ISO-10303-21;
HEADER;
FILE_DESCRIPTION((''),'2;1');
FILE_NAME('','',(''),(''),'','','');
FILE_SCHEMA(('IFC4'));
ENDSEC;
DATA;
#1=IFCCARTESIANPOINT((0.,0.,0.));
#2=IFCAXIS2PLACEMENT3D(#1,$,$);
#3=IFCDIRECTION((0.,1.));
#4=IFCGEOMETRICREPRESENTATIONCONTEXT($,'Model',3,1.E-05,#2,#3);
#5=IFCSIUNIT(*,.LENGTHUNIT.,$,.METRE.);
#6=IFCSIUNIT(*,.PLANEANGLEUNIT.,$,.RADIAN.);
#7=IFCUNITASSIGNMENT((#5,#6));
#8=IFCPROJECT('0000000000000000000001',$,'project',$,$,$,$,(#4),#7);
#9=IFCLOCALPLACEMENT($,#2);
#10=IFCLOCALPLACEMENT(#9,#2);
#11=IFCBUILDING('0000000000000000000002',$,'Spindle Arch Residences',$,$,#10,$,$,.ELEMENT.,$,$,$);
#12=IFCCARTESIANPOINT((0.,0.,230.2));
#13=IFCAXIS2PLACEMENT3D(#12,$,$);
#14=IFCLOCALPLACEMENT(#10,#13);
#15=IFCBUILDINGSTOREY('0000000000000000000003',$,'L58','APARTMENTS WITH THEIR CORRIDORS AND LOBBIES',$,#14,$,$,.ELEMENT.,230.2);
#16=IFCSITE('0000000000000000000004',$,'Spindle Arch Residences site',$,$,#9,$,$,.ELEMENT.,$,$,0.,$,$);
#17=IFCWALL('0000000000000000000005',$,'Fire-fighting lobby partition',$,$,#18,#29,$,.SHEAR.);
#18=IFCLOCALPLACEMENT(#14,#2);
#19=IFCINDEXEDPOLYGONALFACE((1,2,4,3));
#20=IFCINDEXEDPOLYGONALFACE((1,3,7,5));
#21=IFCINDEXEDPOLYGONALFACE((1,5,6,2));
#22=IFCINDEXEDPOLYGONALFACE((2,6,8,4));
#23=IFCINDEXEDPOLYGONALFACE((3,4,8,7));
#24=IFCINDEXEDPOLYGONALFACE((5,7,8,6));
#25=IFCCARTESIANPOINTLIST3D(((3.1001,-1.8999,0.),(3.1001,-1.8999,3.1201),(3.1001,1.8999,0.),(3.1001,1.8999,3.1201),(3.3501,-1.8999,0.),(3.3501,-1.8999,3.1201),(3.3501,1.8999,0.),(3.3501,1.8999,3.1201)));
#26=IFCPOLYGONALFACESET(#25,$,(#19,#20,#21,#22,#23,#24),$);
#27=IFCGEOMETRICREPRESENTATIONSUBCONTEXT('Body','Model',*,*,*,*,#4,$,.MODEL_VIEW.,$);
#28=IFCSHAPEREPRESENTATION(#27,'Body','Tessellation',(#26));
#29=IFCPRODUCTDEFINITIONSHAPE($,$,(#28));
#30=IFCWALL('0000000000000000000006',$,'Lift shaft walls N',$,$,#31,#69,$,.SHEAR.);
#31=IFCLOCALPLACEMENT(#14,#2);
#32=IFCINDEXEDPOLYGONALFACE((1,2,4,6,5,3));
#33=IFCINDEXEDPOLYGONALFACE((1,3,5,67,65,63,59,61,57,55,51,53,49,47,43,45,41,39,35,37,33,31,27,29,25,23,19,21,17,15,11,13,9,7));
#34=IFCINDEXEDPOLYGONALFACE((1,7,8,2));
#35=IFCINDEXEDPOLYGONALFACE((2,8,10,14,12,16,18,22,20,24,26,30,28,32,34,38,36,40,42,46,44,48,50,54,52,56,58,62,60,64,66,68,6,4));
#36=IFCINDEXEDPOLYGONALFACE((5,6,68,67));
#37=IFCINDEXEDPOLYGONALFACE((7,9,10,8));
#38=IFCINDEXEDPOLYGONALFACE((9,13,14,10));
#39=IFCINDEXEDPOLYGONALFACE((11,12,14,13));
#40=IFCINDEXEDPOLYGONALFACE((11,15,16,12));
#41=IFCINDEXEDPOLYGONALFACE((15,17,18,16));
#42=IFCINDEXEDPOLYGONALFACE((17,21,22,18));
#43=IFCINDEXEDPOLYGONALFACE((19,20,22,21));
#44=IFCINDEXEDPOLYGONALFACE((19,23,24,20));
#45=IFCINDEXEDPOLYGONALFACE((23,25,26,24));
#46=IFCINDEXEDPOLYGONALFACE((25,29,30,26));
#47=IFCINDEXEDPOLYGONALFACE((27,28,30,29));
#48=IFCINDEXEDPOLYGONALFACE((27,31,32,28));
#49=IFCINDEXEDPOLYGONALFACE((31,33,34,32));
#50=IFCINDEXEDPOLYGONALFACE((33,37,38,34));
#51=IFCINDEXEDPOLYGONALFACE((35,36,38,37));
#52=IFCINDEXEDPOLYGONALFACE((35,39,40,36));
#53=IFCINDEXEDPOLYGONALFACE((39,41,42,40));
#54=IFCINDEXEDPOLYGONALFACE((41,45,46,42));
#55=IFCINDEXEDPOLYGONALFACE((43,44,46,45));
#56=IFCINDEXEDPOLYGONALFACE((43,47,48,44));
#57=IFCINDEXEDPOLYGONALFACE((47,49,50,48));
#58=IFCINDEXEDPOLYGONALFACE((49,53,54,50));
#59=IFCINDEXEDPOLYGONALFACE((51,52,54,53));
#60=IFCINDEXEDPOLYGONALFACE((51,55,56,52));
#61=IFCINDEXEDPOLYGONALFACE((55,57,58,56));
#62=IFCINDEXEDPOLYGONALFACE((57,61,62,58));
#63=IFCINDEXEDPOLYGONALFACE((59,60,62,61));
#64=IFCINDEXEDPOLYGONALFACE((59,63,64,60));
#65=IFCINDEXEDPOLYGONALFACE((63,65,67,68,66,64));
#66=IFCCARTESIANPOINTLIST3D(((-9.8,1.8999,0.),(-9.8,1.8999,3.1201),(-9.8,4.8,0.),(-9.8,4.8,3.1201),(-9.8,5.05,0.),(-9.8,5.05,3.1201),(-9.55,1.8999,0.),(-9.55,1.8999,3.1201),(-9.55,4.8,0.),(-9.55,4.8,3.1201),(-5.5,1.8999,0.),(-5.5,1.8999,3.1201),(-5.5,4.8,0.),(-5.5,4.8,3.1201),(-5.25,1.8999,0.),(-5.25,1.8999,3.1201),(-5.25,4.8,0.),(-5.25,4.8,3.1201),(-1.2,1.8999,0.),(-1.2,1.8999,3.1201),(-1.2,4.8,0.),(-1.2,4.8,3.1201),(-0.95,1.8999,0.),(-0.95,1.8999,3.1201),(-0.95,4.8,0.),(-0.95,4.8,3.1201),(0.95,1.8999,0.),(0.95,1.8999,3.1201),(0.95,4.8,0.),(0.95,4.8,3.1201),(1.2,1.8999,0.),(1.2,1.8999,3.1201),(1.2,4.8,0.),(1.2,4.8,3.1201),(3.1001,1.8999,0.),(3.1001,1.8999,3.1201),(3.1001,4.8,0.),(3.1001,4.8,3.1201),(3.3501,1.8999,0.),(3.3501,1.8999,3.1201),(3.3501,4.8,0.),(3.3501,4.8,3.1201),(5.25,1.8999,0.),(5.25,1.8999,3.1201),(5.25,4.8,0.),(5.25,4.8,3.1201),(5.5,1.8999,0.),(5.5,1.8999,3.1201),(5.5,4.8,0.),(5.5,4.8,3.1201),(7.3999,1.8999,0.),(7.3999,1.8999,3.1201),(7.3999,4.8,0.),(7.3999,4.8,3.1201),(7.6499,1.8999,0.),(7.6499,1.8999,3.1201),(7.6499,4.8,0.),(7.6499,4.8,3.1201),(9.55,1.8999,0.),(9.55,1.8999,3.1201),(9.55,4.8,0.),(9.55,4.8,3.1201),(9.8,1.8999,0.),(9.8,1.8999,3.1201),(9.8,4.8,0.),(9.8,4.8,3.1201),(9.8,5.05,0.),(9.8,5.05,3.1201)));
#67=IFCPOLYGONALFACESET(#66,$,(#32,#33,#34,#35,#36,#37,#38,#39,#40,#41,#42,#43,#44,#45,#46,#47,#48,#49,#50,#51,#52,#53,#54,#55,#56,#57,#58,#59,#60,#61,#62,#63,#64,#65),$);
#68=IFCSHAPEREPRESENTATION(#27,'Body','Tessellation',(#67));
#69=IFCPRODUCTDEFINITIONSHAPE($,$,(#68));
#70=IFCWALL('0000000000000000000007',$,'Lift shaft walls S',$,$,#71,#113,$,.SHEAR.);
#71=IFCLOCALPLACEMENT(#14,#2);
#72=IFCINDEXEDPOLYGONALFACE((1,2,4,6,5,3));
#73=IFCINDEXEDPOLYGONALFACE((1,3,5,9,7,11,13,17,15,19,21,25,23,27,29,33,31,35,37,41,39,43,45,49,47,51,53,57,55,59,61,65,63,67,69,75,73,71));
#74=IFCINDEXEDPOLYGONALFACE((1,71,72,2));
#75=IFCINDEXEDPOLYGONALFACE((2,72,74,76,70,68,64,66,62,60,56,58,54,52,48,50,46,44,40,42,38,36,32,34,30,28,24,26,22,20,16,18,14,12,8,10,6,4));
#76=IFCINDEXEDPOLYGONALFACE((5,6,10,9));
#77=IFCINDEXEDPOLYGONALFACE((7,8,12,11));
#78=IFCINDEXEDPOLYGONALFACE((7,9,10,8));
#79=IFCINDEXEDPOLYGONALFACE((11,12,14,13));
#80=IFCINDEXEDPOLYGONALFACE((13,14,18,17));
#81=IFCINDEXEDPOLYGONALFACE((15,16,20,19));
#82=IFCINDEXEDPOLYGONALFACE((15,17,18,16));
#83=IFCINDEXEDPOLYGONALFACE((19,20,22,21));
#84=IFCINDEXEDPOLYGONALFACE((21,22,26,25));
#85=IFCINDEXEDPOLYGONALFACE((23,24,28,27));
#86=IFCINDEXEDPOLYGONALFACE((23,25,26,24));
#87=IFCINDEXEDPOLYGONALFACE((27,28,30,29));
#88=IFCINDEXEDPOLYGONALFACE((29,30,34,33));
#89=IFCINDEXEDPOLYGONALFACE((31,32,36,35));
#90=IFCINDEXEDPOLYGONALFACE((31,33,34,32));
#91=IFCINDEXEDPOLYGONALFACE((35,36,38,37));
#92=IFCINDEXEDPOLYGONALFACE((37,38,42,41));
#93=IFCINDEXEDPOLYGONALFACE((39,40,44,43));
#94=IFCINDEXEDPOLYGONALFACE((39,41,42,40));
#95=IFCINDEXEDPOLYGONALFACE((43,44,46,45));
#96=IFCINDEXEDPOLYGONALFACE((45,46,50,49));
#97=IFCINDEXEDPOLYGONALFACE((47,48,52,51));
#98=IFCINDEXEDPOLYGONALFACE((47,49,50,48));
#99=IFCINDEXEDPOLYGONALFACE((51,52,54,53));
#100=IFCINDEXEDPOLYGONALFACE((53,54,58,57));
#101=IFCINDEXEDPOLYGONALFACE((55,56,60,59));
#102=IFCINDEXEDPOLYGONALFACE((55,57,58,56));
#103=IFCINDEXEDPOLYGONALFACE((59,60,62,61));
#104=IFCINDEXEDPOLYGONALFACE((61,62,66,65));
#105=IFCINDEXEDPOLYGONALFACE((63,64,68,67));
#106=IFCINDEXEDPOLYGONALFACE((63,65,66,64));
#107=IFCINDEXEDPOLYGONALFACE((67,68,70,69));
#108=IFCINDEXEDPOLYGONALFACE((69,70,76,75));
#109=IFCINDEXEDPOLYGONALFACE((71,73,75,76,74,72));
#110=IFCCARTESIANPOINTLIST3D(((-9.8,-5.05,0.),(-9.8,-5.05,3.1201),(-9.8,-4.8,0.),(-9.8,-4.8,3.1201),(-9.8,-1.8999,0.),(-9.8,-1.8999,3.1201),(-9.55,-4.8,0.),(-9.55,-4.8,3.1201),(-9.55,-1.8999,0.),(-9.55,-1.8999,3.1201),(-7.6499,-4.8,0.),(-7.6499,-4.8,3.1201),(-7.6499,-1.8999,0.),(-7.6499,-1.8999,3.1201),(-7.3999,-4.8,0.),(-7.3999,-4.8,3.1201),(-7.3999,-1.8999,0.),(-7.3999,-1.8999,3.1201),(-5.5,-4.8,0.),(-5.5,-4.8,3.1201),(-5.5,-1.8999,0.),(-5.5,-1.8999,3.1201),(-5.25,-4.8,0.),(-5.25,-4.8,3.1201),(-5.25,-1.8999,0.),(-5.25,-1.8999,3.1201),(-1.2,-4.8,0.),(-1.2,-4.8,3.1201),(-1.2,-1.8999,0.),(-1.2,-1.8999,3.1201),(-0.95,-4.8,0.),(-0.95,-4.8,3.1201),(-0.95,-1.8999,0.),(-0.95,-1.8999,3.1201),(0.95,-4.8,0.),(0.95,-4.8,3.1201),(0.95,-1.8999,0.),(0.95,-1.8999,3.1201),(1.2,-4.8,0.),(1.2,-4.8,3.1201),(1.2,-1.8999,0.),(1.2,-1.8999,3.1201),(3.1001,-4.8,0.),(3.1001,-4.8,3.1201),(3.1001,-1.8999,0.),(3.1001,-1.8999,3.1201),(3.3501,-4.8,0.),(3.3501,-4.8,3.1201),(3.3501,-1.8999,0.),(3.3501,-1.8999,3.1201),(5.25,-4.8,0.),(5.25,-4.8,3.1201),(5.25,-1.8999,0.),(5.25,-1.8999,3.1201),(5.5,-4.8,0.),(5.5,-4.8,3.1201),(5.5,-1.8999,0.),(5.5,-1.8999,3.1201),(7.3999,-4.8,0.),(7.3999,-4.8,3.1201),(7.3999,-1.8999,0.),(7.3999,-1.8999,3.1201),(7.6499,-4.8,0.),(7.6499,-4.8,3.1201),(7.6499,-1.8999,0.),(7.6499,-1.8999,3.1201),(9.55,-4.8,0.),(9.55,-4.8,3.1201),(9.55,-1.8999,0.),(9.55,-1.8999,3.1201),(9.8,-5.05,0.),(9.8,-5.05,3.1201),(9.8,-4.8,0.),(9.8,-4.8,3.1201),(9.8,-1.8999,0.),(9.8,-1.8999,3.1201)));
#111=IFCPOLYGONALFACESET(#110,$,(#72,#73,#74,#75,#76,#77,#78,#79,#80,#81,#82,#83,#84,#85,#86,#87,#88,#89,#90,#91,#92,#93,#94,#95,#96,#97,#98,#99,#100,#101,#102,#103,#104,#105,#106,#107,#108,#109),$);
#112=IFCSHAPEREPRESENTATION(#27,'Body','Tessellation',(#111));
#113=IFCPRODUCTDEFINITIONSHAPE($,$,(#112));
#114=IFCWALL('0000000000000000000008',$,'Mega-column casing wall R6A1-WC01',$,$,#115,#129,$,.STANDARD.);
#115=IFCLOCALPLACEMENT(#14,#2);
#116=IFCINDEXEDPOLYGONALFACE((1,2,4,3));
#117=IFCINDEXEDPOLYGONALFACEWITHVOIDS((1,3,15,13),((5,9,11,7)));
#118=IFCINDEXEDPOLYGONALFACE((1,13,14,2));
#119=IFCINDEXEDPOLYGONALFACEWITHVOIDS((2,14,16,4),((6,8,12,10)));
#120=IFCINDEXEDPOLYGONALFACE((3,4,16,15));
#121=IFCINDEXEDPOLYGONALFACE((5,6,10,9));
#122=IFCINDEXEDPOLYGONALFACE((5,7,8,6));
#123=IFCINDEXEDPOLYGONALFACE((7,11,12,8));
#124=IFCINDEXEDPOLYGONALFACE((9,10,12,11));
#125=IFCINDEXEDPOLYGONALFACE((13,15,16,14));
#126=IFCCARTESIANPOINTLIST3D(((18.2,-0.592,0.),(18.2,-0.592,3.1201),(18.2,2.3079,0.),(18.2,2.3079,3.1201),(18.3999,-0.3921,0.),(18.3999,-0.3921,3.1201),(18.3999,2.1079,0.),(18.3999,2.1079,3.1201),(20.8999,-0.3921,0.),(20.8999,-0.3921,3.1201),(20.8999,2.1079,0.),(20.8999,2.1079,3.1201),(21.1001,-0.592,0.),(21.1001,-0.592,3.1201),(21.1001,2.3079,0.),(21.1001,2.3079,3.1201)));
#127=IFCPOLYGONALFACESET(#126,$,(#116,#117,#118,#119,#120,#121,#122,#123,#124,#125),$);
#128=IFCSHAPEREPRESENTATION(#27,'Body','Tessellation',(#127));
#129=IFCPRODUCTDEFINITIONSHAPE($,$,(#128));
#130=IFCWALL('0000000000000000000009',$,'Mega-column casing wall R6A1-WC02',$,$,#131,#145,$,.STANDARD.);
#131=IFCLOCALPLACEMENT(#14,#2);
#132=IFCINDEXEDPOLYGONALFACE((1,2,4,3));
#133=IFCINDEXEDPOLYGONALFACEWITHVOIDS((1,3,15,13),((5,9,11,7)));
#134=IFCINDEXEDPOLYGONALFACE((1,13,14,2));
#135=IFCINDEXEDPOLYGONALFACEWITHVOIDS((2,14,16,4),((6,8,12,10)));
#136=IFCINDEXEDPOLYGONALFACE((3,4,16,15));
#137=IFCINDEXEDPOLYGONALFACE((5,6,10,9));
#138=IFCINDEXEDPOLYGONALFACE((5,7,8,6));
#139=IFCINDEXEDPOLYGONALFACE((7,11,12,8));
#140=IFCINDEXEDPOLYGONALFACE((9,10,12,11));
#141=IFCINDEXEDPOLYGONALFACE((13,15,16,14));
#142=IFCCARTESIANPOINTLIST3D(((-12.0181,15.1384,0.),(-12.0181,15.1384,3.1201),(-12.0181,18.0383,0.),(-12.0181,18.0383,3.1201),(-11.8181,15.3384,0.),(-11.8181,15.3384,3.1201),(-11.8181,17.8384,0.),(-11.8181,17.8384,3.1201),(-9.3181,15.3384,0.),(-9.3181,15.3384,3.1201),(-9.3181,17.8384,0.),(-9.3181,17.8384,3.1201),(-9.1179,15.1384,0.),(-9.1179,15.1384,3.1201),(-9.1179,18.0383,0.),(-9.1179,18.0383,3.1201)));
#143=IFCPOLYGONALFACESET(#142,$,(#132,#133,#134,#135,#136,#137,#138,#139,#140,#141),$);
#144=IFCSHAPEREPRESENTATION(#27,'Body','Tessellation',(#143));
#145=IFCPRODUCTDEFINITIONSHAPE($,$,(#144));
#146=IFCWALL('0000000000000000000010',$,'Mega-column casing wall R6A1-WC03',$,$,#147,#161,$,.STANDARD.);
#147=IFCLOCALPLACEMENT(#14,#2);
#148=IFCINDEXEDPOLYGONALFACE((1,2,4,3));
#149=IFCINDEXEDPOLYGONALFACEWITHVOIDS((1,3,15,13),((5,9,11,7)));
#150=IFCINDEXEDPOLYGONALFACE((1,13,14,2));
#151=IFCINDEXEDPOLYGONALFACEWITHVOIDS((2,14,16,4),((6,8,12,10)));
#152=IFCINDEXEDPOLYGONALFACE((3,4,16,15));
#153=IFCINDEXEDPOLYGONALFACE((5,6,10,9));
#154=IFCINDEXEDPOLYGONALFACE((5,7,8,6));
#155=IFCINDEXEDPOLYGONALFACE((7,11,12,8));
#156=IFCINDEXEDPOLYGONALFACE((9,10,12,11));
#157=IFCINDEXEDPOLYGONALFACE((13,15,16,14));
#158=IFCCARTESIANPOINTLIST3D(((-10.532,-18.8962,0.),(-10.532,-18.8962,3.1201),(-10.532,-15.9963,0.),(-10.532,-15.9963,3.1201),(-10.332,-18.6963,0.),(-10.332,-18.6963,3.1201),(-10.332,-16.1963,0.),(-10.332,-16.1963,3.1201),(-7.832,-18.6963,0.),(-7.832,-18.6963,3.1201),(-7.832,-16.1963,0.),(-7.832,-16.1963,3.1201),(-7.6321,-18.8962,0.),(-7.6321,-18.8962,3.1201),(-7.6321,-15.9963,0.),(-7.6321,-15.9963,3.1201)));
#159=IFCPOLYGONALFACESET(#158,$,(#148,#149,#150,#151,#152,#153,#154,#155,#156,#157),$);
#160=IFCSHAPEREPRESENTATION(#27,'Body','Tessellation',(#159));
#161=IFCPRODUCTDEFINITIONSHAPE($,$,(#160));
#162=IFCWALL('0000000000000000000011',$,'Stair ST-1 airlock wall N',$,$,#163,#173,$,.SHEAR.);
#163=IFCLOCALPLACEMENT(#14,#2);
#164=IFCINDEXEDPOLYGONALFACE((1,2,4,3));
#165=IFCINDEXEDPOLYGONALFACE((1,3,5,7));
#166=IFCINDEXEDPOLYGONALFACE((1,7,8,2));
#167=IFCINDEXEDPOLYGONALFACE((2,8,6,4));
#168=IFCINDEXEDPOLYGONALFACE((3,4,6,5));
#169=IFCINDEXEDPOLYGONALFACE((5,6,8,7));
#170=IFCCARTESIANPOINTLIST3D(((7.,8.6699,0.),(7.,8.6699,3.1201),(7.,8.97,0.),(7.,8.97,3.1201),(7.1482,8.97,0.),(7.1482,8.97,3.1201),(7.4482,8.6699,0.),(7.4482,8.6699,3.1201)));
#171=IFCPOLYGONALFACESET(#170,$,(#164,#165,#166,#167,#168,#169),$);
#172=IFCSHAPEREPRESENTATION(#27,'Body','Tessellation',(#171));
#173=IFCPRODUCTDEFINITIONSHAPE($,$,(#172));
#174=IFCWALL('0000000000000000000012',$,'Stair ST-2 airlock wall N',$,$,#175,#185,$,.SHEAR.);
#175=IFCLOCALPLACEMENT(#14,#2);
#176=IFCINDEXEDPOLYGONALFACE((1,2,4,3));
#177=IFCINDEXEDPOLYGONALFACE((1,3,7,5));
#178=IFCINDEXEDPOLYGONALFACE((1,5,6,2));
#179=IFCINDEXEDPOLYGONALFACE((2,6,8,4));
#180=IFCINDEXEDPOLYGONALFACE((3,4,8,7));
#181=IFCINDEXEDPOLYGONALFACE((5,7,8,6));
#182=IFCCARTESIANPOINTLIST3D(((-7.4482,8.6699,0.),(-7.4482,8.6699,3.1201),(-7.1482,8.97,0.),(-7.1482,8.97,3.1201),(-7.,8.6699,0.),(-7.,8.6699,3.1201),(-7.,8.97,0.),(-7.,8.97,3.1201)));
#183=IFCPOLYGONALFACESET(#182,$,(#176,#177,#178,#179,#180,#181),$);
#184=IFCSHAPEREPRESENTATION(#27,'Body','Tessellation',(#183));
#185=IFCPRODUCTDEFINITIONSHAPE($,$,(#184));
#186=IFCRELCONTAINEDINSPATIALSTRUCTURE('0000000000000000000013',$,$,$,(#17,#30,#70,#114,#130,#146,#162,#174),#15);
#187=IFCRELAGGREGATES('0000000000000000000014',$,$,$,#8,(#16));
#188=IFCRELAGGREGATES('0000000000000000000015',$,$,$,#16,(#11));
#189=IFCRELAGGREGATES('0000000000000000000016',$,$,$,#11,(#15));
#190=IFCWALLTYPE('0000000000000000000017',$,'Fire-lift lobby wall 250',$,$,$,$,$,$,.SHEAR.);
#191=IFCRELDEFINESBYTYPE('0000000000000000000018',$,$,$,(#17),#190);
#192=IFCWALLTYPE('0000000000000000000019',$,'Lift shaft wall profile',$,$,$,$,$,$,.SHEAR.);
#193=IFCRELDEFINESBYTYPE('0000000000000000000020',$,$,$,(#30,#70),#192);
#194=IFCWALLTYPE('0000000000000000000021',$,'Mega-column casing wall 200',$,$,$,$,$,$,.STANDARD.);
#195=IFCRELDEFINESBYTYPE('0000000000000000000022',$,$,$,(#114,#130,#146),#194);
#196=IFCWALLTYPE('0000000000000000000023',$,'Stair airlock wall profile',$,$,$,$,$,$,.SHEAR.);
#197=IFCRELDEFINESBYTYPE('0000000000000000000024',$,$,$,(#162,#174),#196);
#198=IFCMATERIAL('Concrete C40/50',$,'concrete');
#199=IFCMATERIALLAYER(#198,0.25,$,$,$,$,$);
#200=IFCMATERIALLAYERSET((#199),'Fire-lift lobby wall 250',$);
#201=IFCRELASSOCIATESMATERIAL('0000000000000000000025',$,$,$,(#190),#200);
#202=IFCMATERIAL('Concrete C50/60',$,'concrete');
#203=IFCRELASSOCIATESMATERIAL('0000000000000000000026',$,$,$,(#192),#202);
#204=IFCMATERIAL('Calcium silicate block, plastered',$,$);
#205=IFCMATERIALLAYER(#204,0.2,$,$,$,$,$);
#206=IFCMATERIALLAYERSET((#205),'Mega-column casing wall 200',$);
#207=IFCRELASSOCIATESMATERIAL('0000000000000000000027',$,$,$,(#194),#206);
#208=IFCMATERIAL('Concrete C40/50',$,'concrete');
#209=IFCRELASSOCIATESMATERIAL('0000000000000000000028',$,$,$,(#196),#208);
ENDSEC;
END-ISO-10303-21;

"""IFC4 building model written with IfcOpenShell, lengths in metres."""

from ifc_helpers import new_model, si_unit, direction, frame, frame_2d, origin, place, context, subcontext, project, spatial, polyline, rectangle, outline, extrude, material, layer, layer_set, type_object, element, save


model = new_model("IFC4")

# Units and contexts
model_context = context("Model", 3, precision=1e-05, world=origin(), true_north=direction((0.0, 1.0)))
body_context = subcontext(model_context, "Body", "Model", "MODEL_VIEW")
ifc_project = project(units=[si_unit("LENGTHUNIT", "METRE"), si_unit("PLANEANGLEUNIT", "RADIAN")], contexts=[model_context])

# Site, building, storey
site_placement = place(None, origin())
site = spatial("IfcSite", under=ifc_project, at=site_placement, Name="Spindle Arch Residences site", CompositionType="ELEMENT", RefElevation=0.0)
building_placement = place(site_placement, origin())
building = spatial("IfcBuilding", under=site, at=building_placement, Name="Spindle Arch Residences", CompositionType="ELEMENT")
storey_placement = place(building_placement, frame((0.0, 0.0, 230.2)))
storey = spatial("IfcBuildingStorey", under=building, at=storey_placement, Name="L58", Description="APARTMENTS WITH THEIR CORRIDORS AND LOBBIES", CompositionType="ELEMENT", Elevation=230.2)

# Wall
ifc_material_1 = material(Name="Concrete C40/50", Category="concrete")
ifc_layer_1 = layer(ifc_material_1, 0.25)
ifc_layer_set_1 = layer_set([ifc_layer_1], Name="Fire-lift lobby wall 250")
wall_type_1 = type_object("IfcWallType", Name="Fire-lift lobby wall 250", PredefinedType="SHEAR", material=ifc_layer_set_1)
wall_1_placement = place(storey_placement, frame((3.2251, -1.8999, 0.0), z_axis=(0.0, 0.0, 1.0), x_axis=(0.0, 1.0, 0.0)))
element("IfcWall", 1, at=wall_1_placement, inside=storey, type_object=wall_type_1, Name="Fire-fighting lobby partition", PredefinedType="SHEAR", context=body_context, shape_type="SweptSolid", body=[
    extrude(rectangle(XDim=3.7998, YDim=0.25, at=frame_2d((1.8999, 0.0))), origin(), (0.0, 0.0, 1.0), 3.1201),
])

# Walls
ifc_material_2 = material(Name="Concrete C50/60", Category="concrete")
wall_type_2 = type_object("IfcWallType", Name="Lift shaft wall profile", PredefinedType="SHEAR", material=ifc_material_2)
wall_2_placement = place(storey_placement, origin())
element("IfcWall", 2, at=wall_2_placement, inside=storey, type_object=wall_type_2, Name="Lift shaft walls N", PredefinedType="SHEAR", context=body_context, shape_type="SweptSolid", body=[
    extrude(outline(polyline([(-9.55, 4.8), (-5.5, 4.8), (-5.5, 1.8999), (-5.25, 1.8999), (-5.25, 4.8), (-1.2, 4.8), (-1.2, 1.8999), (-0.95, 1.8999), (-0.95, 4.8), (0.95, 4.8), (0.95, 1.8999), (1.2, 1.8999), (1.2, 4.8), (3.1001, 4.8), (3.1001, 1.8999), (3.3501, 1.8999), (3.3501, 4.8), (5.25, 4.8), (5.25, 1.8999), (5.5, 1.8999), (5.5, 4.8), (7.3999, 4.8), (7.3999, 1.8999), (7.6499, 1.8999), (7.6499, 4.8), (9.55, 4.8), (9.55, 1.8999), (9.8, 1.8999), (9.8, 4.8), (9.8, 5.05), (-9.8, 5.05), (-9.8, 4.8), (-9.8, 1.8999), (-9.55, 1.8999), (-9.55, 4.8)])), origin(), (0.0, 0.0, 1.0), 3.1201),
])
wall_3_placement = place(storey_placement, origin())
element("IfcWall", 3, at=wall_3_placement, inside=storey, type_object=wall_type_2, Name="Lift shaft walls S", PredefinedType="SHEAR", context=body_context, shape_type="SweptSolid", body=[
    extrude(outline(polyline([(9.8, -5.05), (9.8, -4.8), (9.8, -1.8999), (9.55, -1.8999), (9.55, -4.8), (7.6499, -4.8), (7.6499, -1.8999), (7.3999, -1.8999), (7.3999, -4.8), (5.5, -4.8), (5.5, -1.8999), (5.25, -1.8999), (5.25, -4.8), (3.3501, -4.8), (3.3501, -1.8999), (3.1001, -1.8999), (3.1001, -4.8), (1.2, -4.8), (1.2, -1.8999), (0.95, -1.8999), (0.95, -4.8), (-0.95, -4.8), (-0.95, -1.8999), (-1.2, -1.8999), (-1.2, -4.8), (-5.25, -4.8), (-5.25, -1.8999), (-5.5, -1.8999), (-5.5, -4.8), (-7.3999, -4.8), (-7.3999, -1.8999), (-7.6499, -1.8999), (-7.6499, -4.8), (-9.55, -4.8), (-9.55, -1.8999), (-9.8, -1.8999), (-9.8, -4.8), (-9.8, -5.05), (9.8, -5.05)])), origin(), (0.0, 0.0, 1.0), 3.1201),
])
ifc_material_3 = material(Name="Calcium silicate block, plastered")
ifc_layer_2 = layer(ifc_material_3, 0.2)
ifc_layer_set_2 = layer_set([ifc_layer_2], Name="Mega-column casing wall 200")
wall_type_3 = type_object("IfcWallType", Name="Mega-column casing wall 200", PredefinedType="STANDARD", material=ifc_layer_set_2)
wall_4_placement = place(storey_placement, origin())
element("IfcWall", 4, at=wall_4_placement, inside=storey, type_object=wall_type_3, Name="Mega-column casing wall R6A1-WC01", PredefinedType="STANDARD", context=body_context, shape_type="SweptSolid", body=[
    extrude(outline(polyline([(21.1001, 2.3079), (21.1001, -0.592), (18.2, -0.592), (18.2, 2.3079), (21.1001, 2.3079)]), holes=[polyline([(18.3999, -0.3921), (20.8999, -0.3921), (20.8999, 2.1079), (18.3999, 2.1079), (18.3999, -0.3921)])]), origin(), (0.0, 0.0, 1.0), 3.1201),
])
wall_5_placement = place(storey_placement, origin())
element("IfcWall", 5, at=wall_5_placement, inside=storey, type_object=wall_type_3, Name="Mega-column casing wall R6A1-WC02", PredefinedType="STANDARD", context=body_context, shape_type="SweptSolid", body=[
    extrude(outline(polyline([(-9.1179, 18.0383), (-9.1179, 15.1384), (-12.0181, 15.1384), (-12.0181, 18.0383), (-9.1179, 18.0383)]), holes=[polyline([(-11.8181, 15.3384), (-9.3181, 15.3384), (-9.3181, 17.8384), (-11.8181, 17.8384), (-11.8181, 15.3384)])]), origin(), (0.0, 0.0, 1.0), 3.1201),
])
wall_6_placement = place(storey_placement, origin())
element("IfcWall", 6, at=wall_6_placement, inside=storey, type_object=wall_type_3, Name="Mega-column casing wall R6A1-WC03", PredefinedType="STANDARD", context=body_context, shape_type="SweptSolid", body=[
    extrude(outline(polyline([(-7.6321, -15.9963), (-7.6321, -18.8962), (-10.532, -18.8962), (-10.532, -15.9963), (-7.6321, -15.9963)]), holes=[polyline([(-10.332, -18.6963), (-7.832, -18.6963), (-7.832, -16.1963), (-10.332, -16.1963), (-10.332, -18.6963)])]), origin(), (0.0, 0.0, 1.0), 3.1201),
])
ifc_material_4 = material(Name="Concrete C40/50", Category="concrete")
wall_type_4 = type_object("IfcWallType", Name="Stair airlock wall profile", PredefinedType="SHEAR", material=ifc_material_4)
wall_7_placement = place(storey_placement, origin())
element("IfcWall", 7, at=wall_7_placement, inside=storey, type_object=wall_type_4, Name="Stair ST-1 airlock wall N", PredefinedType="SHEAR", context=body_context, shape_type="SweptSolid", body=[
    extrude(outline(polyline([(7.4482, 8.6699), (7.0, 8.6699), (7.0, 8.97), (7.1482, 8.97), (7.4482, 8.6699)])), origin(), (0.0, 0.0, 1.0), 3.1201),
])
wall_8_placement = place(storey_placement, origin())
element("IfcWall", 8, at=wall_8_placement, inside=storey, type_object=wall_type_4, Name="Stair ST-2 airlock wall N", PredefinedType="SHEAR", context=body_context, shape_type="SweptSolid", body=[
    extrude(outline(polyline([(-7.1482, 8.97), (-7.0, 8.97), (-7.0, 8.6699), (-7.4482, 8.6699), (-7.1482, 8.97)])), origin(), (0.0, 0.0, 1.0), 3.1201),
])

save(model, "model.ifc")
